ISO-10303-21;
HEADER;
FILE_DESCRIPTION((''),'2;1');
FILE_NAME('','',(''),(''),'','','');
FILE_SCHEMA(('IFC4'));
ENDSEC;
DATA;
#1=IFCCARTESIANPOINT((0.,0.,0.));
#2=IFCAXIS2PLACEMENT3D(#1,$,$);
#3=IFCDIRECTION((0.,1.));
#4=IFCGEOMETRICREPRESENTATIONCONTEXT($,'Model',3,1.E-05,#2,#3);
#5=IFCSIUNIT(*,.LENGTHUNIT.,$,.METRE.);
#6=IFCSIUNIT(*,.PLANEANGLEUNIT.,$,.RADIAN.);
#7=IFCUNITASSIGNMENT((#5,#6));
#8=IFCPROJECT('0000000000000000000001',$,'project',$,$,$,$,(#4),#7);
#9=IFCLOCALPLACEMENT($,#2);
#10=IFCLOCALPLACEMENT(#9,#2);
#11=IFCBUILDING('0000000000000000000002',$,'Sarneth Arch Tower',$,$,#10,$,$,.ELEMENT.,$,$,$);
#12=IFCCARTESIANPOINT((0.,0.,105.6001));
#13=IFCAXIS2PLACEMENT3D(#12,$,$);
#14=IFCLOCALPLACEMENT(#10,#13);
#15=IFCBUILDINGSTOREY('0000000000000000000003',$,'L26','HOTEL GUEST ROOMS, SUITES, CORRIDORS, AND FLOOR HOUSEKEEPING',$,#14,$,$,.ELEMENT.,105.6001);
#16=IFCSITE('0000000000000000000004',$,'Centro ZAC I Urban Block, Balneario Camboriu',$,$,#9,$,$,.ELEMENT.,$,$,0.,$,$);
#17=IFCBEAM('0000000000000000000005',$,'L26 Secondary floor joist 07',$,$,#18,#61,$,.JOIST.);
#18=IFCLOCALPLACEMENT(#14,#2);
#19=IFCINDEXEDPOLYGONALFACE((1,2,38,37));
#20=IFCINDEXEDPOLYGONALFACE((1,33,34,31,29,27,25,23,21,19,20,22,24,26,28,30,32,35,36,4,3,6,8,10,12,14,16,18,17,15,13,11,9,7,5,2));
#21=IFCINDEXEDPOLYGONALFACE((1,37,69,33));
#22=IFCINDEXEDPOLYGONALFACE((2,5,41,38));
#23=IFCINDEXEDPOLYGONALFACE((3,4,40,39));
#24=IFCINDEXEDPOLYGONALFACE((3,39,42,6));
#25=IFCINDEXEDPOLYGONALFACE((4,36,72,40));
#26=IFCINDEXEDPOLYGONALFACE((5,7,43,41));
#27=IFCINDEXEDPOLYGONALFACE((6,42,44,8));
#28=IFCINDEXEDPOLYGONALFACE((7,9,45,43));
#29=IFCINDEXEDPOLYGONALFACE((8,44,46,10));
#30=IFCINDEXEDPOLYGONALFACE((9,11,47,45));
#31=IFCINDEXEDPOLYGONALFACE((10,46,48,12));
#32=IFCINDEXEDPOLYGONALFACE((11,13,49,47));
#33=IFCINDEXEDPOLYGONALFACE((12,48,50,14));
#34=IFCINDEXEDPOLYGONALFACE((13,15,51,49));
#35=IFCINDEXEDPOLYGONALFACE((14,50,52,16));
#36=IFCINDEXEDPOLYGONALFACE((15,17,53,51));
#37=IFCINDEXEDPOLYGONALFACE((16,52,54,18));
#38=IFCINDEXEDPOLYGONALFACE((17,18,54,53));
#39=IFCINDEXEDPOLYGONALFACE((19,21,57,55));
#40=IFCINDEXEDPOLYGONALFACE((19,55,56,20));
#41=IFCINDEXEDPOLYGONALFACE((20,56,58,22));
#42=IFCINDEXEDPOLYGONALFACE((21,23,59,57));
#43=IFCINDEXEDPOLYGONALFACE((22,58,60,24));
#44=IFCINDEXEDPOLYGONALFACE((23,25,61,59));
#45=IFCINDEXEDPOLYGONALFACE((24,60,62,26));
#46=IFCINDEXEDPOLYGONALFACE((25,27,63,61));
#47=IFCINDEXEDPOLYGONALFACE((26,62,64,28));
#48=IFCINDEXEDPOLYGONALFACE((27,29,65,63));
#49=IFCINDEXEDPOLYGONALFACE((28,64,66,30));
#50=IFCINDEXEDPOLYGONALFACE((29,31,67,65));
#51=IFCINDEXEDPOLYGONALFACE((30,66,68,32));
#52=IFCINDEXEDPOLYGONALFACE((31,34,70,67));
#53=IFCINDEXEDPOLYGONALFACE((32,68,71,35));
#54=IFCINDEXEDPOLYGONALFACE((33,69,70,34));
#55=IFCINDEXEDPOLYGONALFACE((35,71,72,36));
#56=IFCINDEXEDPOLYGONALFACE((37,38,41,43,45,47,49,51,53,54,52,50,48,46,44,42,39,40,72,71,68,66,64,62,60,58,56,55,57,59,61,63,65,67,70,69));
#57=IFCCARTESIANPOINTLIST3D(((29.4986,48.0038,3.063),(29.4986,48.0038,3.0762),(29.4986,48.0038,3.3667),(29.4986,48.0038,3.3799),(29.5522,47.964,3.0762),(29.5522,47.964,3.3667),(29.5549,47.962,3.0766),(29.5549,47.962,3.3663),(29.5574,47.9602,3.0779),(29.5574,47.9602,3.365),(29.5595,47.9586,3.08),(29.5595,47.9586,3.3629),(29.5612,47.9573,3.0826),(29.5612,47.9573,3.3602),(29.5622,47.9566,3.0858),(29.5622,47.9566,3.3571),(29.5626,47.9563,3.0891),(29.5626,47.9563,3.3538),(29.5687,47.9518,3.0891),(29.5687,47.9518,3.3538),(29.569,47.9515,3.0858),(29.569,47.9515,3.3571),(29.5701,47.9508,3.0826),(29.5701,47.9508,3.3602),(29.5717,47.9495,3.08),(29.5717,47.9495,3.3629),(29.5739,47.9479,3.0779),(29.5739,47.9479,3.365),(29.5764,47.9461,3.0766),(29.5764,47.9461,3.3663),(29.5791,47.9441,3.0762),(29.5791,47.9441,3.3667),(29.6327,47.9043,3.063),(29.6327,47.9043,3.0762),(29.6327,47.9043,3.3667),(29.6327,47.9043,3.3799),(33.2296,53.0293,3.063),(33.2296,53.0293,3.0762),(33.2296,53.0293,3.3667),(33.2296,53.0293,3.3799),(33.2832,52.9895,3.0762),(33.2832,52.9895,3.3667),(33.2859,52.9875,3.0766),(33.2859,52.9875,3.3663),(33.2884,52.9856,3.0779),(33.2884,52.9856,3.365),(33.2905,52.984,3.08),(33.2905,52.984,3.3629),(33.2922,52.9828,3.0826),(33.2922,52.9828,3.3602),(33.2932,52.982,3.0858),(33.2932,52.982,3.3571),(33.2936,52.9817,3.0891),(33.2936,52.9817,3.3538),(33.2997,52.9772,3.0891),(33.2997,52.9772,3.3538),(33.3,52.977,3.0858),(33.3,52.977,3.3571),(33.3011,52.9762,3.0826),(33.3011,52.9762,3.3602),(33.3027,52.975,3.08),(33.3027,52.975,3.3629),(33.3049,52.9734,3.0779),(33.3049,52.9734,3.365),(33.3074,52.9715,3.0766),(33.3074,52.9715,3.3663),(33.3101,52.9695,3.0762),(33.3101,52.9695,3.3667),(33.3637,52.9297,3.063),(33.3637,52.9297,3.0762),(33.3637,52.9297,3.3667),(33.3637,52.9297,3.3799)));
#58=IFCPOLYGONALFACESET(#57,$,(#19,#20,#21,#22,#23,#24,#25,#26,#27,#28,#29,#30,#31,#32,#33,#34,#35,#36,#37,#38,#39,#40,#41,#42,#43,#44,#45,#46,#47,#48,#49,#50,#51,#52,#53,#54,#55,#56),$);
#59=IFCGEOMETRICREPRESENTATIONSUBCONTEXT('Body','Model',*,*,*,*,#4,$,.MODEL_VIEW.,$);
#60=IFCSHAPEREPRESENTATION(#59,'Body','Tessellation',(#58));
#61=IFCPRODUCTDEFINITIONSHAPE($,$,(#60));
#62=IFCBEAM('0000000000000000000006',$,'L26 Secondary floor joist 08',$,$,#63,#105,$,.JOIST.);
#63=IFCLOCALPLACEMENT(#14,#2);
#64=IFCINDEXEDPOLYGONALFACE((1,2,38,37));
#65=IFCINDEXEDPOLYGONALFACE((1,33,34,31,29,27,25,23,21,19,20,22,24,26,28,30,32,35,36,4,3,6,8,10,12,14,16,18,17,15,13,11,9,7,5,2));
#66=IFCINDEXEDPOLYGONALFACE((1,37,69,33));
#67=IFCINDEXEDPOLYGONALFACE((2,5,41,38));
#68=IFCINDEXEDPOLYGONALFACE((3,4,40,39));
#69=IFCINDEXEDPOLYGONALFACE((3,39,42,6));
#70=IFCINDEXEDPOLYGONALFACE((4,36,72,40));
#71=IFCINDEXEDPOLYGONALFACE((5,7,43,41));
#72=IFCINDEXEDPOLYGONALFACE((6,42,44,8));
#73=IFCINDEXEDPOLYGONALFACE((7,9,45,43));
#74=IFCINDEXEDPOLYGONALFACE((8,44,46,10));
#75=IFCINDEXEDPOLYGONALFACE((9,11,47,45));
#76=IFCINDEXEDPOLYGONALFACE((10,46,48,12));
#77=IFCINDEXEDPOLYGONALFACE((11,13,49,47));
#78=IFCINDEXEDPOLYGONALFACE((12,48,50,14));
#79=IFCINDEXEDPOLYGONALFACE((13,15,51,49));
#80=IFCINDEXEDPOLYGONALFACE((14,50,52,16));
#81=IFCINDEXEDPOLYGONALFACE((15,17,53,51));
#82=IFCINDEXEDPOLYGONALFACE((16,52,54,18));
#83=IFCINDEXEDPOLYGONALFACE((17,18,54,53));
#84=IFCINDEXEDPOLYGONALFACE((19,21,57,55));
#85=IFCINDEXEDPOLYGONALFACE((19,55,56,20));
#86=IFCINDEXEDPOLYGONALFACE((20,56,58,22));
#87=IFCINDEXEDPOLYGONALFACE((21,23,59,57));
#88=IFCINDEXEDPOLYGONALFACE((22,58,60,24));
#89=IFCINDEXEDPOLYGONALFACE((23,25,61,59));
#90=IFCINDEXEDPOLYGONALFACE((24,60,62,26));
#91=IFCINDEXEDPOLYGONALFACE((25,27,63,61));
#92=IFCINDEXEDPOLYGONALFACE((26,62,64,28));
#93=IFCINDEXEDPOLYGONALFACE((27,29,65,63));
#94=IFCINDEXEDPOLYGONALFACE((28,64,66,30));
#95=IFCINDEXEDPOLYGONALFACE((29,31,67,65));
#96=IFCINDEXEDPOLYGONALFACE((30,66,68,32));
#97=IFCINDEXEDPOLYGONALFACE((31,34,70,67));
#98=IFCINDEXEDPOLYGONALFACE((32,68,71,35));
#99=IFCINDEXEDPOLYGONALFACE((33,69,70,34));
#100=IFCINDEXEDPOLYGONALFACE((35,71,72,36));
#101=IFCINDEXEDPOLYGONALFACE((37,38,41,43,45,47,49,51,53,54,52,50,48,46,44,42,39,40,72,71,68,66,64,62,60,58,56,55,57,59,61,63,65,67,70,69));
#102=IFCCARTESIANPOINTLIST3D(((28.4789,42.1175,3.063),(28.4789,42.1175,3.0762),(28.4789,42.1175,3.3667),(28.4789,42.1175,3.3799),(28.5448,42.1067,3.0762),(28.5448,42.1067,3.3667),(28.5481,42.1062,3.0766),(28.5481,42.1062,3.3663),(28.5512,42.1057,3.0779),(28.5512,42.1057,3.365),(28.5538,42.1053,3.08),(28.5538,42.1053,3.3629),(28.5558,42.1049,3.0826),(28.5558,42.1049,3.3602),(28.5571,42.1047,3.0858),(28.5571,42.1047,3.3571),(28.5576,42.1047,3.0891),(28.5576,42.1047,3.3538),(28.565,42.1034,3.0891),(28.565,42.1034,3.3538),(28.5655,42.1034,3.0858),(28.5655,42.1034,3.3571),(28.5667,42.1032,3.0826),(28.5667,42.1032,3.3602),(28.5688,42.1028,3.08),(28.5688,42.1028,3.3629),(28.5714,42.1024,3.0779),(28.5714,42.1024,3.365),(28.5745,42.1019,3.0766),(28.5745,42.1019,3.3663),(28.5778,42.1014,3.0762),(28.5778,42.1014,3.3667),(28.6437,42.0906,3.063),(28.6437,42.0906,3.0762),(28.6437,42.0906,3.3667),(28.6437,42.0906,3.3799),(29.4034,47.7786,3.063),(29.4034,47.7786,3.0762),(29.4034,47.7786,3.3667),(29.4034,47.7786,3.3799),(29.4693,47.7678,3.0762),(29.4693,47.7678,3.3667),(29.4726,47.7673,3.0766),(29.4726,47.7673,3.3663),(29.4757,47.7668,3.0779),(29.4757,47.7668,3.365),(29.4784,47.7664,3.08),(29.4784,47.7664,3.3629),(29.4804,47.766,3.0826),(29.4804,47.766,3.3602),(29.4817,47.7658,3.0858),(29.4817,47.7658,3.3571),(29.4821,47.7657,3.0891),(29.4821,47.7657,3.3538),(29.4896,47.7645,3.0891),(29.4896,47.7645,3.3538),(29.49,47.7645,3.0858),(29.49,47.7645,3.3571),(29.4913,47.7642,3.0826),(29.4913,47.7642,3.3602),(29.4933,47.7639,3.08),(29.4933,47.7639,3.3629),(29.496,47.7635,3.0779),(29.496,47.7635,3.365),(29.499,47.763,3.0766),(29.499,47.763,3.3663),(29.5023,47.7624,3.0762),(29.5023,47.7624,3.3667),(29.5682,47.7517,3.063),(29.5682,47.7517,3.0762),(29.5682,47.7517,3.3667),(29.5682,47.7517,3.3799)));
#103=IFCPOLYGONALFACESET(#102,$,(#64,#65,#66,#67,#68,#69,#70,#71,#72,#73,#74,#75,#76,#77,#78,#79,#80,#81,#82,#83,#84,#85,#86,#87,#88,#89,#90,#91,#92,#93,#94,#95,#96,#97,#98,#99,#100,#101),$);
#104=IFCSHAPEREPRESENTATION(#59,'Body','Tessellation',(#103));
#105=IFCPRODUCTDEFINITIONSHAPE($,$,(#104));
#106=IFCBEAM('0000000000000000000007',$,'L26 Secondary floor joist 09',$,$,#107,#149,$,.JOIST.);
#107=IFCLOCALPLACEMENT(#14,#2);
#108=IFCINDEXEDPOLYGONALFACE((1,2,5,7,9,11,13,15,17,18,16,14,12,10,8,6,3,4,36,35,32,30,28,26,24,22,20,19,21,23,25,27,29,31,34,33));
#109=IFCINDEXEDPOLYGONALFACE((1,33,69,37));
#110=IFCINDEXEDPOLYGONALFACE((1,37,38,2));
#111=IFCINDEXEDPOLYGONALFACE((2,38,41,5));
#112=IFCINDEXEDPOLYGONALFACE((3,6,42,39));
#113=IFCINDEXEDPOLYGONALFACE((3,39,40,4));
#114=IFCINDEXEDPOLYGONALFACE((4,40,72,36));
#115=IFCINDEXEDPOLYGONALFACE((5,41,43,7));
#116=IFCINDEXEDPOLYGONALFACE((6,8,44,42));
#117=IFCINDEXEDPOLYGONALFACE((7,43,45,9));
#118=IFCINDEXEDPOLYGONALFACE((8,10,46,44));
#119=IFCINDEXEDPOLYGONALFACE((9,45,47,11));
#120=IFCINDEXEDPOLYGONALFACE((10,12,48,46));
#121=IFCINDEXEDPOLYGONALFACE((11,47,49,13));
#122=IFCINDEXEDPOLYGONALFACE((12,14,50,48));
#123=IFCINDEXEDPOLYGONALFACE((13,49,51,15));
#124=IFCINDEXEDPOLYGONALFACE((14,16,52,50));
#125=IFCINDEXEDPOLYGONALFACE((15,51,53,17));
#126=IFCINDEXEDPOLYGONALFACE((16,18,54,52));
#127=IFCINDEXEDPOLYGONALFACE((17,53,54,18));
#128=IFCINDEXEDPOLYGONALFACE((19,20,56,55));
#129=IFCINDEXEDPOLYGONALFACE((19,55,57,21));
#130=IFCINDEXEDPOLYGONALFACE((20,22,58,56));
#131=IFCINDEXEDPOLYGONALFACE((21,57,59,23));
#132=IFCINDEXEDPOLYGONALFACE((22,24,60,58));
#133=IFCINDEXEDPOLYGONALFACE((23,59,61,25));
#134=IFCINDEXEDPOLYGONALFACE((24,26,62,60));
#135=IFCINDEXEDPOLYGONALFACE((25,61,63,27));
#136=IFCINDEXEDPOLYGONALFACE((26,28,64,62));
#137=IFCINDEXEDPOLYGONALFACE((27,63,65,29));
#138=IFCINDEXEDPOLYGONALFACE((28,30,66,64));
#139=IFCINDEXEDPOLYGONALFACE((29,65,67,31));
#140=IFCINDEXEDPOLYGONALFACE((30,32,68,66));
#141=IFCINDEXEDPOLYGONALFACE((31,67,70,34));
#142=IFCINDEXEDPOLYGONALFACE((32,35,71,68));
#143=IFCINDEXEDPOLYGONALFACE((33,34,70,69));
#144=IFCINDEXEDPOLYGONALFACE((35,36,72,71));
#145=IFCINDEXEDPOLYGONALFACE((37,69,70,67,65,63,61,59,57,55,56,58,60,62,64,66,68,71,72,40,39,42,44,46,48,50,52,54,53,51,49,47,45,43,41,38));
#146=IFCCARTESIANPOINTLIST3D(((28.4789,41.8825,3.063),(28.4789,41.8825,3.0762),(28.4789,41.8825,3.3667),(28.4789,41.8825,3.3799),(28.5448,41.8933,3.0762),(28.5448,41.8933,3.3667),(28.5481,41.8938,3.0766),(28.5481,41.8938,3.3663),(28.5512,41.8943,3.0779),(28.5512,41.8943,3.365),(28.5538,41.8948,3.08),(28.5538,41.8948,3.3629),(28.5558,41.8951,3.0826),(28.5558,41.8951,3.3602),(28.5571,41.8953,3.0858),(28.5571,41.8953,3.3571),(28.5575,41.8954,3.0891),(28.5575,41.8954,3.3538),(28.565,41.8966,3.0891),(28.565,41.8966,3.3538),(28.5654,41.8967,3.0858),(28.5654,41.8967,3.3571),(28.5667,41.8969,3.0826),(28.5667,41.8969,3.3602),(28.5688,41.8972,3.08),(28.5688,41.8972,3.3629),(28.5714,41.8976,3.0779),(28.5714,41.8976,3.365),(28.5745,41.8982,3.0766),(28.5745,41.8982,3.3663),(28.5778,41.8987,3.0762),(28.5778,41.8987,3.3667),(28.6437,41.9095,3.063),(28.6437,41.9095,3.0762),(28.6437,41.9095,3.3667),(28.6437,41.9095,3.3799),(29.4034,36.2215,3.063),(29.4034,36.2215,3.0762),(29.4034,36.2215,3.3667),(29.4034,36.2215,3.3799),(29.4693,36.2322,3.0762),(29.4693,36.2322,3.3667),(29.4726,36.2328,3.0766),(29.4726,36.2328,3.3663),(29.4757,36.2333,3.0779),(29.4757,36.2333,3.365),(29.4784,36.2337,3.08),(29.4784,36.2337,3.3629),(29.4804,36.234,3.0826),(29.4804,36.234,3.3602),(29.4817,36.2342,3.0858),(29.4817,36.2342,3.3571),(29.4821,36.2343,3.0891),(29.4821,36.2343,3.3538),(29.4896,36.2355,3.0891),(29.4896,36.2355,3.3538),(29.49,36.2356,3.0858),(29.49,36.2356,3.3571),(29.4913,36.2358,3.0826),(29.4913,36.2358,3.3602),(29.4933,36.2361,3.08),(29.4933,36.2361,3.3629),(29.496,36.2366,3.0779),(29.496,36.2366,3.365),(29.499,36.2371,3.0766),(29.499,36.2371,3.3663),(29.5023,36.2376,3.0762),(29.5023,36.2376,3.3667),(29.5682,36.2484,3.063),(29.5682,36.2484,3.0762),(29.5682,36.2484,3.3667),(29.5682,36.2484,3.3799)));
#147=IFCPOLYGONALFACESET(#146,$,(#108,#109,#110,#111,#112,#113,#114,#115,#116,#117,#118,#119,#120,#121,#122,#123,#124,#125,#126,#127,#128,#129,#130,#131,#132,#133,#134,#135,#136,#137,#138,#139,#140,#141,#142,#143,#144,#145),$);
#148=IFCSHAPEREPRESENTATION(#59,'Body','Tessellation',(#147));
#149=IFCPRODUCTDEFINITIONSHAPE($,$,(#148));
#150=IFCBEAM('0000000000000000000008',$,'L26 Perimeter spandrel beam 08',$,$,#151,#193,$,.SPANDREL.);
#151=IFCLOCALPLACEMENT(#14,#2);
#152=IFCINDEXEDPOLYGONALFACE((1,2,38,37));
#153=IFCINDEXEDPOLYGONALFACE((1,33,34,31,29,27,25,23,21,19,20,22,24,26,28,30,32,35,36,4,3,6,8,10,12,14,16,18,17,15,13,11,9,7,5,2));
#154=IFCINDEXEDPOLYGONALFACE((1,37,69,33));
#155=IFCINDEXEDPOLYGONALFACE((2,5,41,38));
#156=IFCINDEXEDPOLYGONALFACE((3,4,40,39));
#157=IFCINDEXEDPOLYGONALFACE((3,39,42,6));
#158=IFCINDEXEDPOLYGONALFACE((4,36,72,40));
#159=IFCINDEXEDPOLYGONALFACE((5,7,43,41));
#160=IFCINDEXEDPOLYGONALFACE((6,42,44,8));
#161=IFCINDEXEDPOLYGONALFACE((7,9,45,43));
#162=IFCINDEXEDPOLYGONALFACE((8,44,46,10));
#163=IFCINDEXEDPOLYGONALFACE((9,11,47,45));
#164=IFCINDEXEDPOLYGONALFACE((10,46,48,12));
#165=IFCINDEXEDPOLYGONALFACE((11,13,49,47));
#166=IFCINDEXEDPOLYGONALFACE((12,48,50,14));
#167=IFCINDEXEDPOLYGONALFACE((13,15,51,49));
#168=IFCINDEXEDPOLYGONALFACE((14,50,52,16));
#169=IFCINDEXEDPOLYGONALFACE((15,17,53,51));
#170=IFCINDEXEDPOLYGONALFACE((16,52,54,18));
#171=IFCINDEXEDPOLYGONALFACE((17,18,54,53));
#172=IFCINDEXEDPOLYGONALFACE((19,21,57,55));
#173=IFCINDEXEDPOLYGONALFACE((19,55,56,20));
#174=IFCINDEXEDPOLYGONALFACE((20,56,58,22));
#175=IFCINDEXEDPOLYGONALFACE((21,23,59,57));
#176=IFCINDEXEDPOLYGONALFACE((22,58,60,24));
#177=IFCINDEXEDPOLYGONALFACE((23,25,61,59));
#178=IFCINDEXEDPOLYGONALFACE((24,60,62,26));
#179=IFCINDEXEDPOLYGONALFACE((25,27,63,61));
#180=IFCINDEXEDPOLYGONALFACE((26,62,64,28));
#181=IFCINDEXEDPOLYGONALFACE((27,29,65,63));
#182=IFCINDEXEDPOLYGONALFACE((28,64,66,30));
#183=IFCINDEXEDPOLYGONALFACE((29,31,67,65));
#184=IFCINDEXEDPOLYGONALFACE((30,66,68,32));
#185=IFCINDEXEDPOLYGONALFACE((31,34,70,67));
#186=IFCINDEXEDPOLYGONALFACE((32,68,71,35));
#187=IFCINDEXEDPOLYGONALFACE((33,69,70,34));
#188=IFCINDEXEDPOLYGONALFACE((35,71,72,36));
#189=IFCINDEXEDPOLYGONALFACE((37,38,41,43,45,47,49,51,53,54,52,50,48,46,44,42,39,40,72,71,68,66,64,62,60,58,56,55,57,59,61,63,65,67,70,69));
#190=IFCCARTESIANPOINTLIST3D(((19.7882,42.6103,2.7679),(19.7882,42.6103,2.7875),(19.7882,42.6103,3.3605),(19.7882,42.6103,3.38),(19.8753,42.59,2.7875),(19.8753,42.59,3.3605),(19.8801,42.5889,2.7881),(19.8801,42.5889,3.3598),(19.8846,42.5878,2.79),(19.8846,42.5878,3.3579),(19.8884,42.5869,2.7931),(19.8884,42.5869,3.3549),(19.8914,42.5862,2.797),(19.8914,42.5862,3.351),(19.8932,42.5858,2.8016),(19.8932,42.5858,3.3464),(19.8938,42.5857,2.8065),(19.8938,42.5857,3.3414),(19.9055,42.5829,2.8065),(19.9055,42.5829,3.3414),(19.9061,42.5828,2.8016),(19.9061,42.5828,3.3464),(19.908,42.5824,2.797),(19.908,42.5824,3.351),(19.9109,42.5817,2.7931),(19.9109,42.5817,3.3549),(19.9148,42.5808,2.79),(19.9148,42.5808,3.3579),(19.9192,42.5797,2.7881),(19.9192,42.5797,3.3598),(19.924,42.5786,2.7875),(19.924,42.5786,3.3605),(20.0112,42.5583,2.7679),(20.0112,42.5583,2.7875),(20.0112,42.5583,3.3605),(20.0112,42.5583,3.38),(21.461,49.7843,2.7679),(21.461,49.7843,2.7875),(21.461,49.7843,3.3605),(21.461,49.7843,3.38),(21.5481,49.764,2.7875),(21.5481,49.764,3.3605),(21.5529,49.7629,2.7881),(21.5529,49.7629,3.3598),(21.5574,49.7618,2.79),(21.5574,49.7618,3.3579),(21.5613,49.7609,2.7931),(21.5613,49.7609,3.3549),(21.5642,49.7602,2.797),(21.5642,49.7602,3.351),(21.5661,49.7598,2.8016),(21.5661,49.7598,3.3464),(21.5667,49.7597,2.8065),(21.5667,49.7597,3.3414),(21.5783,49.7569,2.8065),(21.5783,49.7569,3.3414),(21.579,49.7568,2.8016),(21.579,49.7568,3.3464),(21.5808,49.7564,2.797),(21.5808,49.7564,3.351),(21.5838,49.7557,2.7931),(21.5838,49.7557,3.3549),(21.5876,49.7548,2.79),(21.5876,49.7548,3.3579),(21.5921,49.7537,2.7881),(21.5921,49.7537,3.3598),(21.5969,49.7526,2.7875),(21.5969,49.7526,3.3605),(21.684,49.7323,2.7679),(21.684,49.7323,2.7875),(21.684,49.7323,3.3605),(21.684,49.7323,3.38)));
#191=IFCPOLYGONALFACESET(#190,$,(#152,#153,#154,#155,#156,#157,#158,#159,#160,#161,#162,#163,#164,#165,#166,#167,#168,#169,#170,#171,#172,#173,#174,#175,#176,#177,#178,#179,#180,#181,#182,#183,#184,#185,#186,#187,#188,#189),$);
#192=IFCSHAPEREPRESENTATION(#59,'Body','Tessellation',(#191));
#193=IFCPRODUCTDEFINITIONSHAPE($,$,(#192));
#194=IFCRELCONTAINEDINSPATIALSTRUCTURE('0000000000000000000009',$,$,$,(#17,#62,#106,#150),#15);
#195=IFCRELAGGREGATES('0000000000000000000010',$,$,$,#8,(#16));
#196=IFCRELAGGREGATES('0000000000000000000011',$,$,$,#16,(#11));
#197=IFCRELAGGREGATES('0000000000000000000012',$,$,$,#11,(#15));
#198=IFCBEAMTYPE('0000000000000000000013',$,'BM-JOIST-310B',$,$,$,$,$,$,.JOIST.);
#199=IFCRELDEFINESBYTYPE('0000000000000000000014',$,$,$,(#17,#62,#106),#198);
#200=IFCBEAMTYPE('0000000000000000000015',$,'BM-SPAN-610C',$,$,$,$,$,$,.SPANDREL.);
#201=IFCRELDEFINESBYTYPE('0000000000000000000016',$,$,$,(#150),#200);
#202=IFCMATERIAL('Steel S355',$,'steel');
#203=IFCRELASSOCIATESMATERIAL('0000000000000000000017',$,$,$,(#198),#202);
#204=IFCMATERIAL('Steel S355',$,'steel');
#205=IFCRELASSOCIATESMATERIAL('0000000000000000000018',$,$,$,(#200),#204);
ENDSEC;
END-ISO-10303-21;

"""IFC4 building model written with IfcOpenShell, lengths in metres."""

from ifc_helpers import new_model, si_unit, direction, frame, origin, origin_2d, place, context, subcontext, project, spatial, i_section, extrude, material, material_profile, profile_set, type_object, element, save


model = new_model("IFC4")

# Units and contexts
model_context = context("Model", 3, precision=1e-05, world=origin(), true_north=direction((0.0, 1.0)))
body_context = subcontext(model_context, "Body", "Model", "MODEL_VIEW")
ifc_project = project(units=[si_unit("LENGTHUNIT", "METRE"), si_unit("PLANEANGLEUNIT", "RADIAN")], contexts=[model_context])

# Site, building, storey
site_placement = place(None, origin())
site = spatial("IfcSite", under=ifc_project, at=site_placement, Name="Centro ZAC I Urban Block, Balneario Camboriu", CompositionType="ELEMENT", RefElevation=0.0)
building_placement = place(site_placement, origin())
building = spatial("IfcBuilding", under=site, at=building_placement, Name="Sarneth Arch Tower", CompositionType="ELEMENT")
storey_placement = place(building_placement, frame((0.0, 0.0, 105.6001)))
storey = spatial("IfcBuildingStorey", under=building, at=storey_placement, Name="L26", Description="HOTEL GUEST ROOMS, SUITES, CORRIDORS, AND FLOOR HOUSEKEEPING", CompositionType="ELEMENT", Elevation=105.6001)

# Beams
ifc_material_1 = material(Name="Steel S355", Category="steel")
ifc_material_profile_1 = material_profile(ifc_material_1, i_section(OverallWidth=0.167, OverallDepth=0.3169, WebThickness=0.0076, FlangeThickness=0.0132, FilletRadius=0.0129, at=origin_2d()), Name="W310x52")
ifc_profile_set_1 = profile_set([ifc_material_profile_1], Name="Steel S355")
beam_type_1 = type_object("IfcBeamType", Name="BM-JOIST-310B", PredefinedType="JOIST", material=ifc_profile_set_1)
beam_1_placement = place(storey_placement, frame((33.2966, 52.9795, 3.2214), z_axis=(-0.596098, -0.802911, 0.0), x_axis=(0.802911, -0.596098, 0.0)))
element("IfcBeam", 1, at=beam_1_placement, inside=storey, type_object=beam_type_1, Name="L26 Secondary floor joist 07", PredefinedType="JOIST", context=body_context, shape_type="SweptSolid", body=[
    extrude(i_section(OverallWidth=0.167, OverallDepth=0.3169, WebThickness=0.0076, FlangeThickness=0.0132, FilletRadius=0.0129, at=origin_2d()), origin(), (0.0, 0.0, 1.0), 6.259),
])
for number, where, z_axis, x_axis, name in (
    (2, (29.4858, 47.7651, 3.2214), (-0.161182, -0.986925, 0.0), (0.986925, -0.161182, 0.0), "L26 Secondary floor joist 08"),
    (3, (28.5613, 41.896, 3.2214), (0.161182, -0.986925, 0.0), (0.986925, 0.161182, 0.0), "L26 Secondary floor joist 09"),
):
    element("IfcBeam", number, at=place(storey_placement, frame(where, z_axis=z_axis, x_axis=x_axis)), inside=storey, type_object=beam_type_1, Name=name, PredefinedType="JOIST", context=body_context, shape_type="SweptSolid", body=[
        extrude(i_section(OverallWidth=0.167, OverallDepth=0.3169, WebThickness=0.0076, FlangeThickness=0.0132, FilletRadius=0.0129, at=origin_2d()), origin(), (0.0, 0.0, 1.0), 5.7361),
    ])
ifc_material_2 = material(Name="Steel S355", Category="steel")
ifc_material_profile_2 = material_profile(ifc_material_2, i_section(OverallWidth=0.229, OverallDepth=0.6121, WebThickness=0.012, FlangeThickness=0.0195, FilletRadius=0.019, at=origin_2d()), Name="W610x125")
ifc_profile_set_2 = profile_set([ifc_material_profile_2], Name="Steel S355")
beam_type_2 = type_object("IfcBeamType", Name="BM-SPAN-610C", PredefinedType="SPANDREL", material=ifc_profile_set_2)
beam_2_placement = place(storey_placement, frame((21.5725, 49.7583, 3.074), z_axis=(-0.227088, -0.973874, 0.0), x_axis=(0.973874, -0.227088, 0.0)))
element("IfcBeam", 4, at=beam_2_placement, inside=storey, type_object=beam_type_2, Name="L26 Perimeter spandrel beam 08", PredefinedType="SPANDREL", context=body_context, shape_type="SweptSolid", body=[
    extrude(i_section(OverallWidth=0.229, OverallDepth=0.6121, WebThickness=0.012, FlangeThickness=0.0195, FilletRadius=0.019, at=origin_2d()), origin(), (0.0, 0.0, 1.0), 7.3665),
])

save(model, "model.ifc")
